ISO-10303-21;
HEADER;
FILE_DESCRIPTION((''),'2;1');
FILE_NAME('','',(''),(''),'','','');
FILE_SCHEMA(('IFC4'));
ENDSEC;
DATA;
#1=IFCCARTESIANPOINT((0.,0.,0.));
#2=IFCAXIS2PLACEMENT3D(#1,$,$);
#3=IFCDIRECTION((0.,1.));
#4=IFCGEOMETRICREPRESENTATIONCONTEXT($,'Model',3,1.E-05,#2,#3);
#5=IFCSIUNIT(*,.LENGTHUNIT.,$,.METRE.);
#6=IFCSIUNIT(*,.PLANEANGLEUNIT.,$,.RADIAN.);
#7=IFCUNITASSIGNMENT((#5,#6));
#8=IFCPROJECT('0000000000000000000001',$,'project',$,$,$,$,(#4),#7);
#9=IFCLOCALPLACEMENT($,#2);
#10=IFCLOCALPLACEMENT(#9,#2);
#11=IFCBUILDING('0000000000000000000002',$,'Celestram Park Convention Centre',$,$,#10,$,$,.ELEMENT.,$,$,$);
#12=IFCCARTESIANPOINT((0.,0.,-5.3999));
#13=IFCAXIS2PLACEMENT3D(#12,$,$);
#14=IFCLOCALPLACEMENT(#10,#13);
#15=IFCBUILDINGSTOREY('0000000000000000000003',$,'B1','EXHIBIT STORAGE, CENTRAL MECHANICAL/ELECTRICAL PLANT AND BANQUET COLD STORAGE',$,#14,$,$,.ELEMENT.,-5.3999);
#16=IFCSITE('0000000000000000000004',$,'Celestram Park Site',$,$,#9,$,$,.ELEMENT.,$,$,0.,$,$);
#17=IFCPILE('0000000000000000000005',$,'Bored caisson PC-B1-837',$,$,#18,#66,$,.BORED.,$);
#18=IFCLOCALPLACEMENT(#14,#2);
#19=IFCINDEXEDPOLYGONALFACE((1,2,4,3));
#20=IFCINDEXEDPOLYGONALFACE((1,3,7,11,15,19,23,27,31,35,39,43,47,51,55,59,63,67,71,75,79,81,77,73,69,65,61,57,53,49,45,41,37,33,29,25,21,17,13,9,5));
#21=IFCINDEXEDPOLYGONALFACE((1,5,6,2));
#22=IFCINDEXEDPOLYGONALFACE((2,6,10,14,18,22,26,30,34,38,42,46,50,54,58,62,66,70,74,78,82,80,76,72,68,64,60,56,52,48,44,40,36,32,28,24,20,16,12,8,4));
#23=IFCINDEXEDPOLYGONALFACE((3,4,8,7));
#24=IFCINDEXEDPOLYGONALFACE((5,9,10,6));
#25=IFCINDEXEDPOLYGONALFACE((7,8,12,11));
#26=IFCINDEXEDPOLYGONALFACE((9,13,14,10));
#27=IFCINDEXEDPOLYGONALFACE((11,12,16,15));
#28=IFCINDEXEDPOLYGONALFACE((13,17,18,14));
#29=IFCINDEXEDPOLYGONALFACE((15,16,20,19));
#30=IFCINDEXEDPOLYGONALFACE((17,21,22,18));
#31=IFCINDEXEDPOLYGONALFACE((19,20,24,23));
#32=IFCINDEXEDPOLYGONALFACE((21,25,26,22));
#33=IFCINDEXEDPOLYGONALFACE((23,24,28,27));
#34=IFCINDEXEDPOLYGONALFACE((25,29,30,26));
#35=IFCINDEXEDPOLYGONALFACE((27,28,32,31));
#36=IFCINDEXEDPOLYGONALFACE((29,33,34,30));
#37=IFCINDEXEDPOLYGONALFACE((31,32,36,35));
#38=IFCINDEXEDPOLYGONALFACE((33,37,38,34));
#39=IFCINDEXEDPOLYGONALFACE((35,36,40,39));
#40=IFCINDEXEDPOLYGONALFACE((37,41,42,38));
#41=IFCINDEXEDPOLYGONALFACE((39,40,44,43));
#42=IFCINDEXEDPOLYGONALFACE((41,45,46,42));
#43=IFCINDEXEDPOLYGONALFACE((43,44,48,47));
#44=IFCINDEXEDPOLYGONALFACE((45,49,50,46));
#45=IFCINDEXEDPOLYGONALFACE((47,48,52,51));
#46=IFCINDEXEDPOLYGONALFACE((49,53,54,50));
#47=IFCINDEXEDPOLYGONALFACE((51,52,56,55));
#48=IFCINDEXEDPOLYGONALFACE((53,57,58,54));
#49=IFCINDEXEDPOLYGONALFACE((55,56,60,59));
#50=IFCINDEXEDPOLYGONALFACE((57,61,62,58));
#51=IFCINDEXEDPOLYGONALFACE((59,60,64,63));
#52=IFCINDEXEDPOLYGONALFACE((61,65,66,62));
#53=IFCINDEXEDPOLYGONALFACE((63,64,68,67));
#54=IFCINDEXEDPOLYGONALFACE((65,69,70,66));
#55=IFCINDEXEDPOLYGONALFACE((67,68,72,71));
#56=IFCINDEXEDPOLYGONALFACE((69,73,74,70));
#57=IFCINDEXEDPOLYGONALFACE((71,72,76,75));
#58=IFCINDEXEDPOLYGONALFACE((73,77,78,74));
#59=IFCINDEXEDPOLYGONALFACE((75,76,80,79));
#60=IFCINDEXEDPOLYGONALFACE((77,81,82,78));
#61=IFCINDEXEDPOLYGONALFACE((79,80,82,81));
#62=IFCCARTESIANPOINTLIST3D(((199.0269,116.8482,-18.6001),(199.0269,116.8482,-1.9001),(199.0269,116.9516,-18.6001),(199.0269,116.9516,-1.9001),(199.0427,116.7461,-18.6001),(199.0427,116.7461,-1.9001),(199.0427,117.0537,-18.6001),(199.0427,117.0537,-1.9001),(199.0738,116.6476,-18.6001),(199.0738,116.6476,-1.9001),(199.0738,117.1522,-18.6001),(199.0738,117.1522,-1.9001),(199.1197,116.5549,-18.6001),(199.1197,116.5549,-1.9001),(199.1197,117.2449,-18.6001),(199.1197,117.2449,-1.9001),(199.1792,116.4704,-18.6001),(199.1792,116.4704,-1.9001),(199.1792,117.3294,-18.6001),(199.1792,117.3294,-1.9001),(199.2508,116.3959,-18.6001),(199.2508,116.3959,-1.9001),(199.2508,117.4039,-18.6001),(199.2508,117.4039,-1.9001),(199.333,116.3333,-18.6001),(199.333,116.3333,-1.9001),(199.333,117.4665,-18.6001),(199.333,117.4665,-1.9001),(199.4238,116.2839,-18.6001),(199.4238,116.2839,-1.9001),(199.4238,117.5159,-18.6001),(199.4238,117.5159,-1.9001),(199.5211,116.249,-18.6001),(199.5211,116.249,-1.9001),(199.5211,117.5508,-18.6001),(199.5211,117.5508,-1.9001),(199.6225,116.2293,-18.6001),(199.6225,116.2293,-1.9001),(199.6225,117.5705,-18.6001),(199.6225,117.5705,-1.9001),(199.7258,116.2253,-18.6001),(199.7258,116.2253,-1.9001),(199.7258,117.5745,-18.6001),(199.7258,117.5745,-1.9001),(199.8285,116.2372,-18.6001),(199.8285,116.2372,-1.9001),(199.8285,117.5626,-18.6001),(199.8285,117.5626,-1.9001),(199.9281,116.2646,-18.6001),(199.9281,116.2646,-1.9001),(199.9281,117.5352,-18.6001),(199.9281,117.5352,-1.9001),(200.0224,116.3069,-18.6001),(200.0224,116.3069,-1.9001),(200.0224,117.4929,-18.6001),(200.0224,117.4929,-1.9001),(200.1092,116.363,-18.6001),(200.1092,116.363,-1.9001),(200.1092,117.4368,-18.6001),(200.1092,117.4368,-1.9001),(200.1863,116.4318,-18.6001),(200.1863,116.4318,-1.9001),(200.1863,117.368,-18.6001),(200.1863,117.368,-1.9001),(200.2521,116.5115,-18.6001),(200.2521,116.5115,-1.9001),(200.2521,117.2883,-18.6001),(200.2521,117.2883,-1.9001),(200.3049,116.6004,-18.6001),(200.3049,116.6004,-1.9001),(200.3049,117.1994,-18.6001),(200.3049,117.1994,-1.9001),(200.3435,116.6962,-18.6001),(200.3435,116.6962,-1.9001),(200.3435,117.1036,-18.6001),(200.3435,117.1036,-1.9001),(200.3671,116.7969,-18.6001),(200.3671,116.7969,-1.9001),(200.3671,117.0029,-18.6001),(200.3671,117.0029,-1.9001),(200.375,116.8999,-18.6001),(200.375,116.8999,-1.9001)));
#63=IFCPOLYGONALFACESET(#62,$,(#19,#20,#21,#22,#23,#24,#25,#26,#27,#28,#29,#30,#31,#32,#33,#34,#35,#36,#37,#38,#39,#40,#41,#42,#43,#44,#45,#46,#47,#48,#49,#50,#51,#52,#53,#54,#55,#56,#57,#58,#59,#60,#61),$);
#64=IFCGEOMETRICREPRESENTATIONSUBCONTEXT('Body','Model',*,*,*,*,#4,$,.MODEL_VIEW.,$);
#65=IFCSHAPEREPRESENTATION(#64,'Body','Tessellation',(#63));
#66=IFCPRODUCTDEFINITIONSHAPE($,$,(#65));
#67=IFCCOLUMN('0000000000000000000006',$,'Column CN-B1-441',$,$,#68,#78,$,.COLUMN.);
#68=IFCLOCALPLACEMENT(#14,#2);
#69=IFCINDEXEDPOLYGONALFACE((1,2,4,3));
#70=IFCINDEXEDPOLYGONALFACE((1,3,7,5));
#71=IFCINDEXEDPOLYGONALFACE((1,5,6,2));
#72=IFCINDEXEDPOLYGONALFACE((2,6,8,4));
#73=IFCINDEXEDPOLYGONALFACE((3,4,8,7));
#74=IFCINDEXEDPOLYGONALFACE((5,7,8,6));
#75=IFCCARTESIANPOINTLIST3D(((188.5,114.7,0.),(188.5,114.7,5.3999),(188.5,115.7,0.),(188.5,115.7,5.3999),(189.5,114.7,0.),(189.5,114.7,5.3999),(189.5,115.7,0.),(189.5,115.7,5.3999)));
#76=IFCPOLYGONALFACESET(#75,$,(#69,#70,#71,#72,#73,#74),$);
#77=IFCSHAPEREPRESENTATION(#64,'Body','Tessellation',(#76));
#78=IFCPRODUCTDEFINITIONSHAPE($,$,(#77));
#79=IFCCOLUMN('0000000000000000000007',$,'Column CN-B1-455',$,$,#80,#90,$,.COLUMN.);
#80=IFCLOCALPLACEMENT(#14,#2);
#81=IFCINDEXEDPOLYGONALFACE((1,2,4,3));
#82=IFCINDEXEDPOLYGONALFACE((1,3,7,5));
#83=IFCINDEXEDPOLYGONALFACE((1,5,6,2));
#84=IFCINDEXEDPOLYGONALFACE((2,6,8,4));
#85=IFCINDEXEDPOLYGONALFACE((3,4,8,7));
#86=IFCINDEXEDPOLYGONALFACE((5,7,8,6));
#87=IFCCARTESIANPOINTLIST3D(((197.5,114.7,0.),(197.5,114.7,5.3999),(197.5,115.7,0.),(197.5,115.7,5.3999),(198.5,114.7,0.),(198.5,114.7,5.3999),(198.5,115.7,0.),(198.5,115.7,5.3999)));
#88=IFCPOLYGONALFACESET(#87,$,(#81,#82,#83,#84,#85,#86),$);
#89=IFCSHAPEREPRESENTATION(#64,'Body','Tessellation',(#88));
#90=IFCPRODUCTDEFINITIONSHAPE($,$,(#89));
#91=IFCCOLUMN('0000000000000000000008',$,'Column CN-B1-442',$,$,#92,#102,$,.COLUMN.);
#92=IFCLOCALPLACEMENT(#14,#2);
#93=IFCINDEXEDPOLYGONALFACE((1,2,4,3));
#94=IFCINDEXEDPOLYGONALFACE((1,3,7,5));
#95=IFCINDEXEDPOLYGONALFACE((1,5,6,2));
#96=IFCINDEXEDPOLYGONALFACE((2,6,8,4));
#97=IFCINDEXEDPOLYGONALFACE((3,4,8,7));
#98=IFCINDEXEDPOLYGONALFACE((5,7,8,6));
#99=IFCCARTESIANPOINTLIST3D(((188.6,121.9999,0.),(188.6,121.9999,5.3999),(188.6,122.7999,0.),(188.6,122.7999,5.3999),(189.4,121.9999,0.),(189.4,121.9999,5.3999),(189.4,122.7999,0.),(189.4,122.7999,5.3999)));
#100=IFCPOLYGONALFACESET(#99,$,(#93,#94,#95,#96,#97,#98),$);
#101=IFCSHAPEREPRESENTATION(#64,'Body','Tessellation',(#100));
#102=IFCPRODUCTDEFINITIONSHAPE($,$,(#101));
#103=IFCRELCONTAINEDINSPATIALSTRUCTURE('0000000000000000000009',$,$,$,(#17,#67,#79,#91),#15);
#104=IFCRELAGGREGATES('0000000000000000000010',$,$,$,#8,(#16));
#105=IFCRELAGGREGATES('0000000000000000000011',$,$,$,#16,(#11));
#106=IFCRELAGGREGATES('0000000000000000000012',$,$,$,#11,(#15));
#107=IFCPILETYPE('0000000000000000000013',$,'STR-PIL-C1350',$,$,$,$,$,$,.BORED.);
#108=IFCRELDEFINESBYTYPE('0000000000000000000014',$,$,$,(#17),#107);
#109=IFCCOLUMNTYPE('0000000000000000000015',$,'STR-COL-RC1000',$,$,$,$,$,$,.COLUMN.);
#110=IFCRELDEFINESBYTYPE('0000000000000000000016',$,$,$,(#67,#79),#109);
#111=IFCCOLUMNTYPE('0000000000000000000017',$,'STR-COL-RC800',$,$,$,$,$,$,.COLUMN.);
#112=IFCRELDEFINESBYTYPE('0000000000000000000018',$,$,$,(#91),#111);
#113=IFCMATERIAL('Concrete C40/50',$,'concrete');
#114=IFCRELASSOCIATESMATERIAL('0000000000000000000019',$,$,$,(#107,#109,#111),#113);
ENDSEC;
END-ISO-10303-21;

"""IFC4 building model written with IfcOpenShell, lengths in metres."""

from ifc_helpers import new_model, si_unit, direction, frame, origin, origin_2d, place, context, subcontext, project, spatial, rectangle, circle, extrude, material, material_profile, profile_set, type_object, element, save


model = new_model("IFC4")

# Units and contexts
model_context = context("Model", 3, precision=1e-05, world=origin(), true_north=direction((0.0, 1.0)))
body_context = subcontext(model_context, "Body", "Model", "MODEL_VIEW")
ifc_project = project(units=[si_unit("LENGTHUNIT", "METRE"), si_unit("PLANEANGLEUNIT", "RADIAN")], contexts=[model_context])

# Site, building, storey
site_placement = place(None, origin())
site = spatial("IfcSite", under=ifc_project, at=site_placement, Name="Celestram Park Site", CompositionType="ELEMENT", RefElevation=0.0)
building_placement = place(site_placement, origin())
building = spatial("IfcBuilding", under=site, at=building_placement, Name="Celestram Park Convention Centre", CompositionType="ELEMENT")
storey_placement = place(building_placement, frame((0.0, 0.0, -5.3999)))
storey = spatial("IfcBuildingStorey", under=building, at=storey_placement, Name="B1", Description="EXHIBIT STORAGE, CENTRAL MECHANICAL/ELECTRICAL PLANT AND BANQUET COLD STORAGE", CompositionType="ELEMENT", Elevation=-5.3999)

# Shared definitions
ifc_material_1 = material(Name="Concrete C40/50", Category="concrete")

# Pile
ifc_material_profile_1 = material_profile(ifc_material_1, circle(Radius=0.675, at=origin_2d()), Name="CAISSON1350")
ifc_profile_set_1 = profile_set([ifc_material_profile_1], Name="Concrete C40/50")
pile_type_1 = type_object("IfcPileType", Name="STR-PIL-C1350", PredefinedType="BORED", material=ifc_profile_set_1)
for number, where, z_axis, x_axis, name in (
    (1, (199.7, 116.8999, -1.9001), (0.0, 0.0, -1.0), (1.0, 0.0, 0.0), "Bored caisson PC-B1-837"),
):
    element("IfcPile", number, at=place(storey_placement, frame(where, z_axis=z_axis, x_axis=x_axis)), inside=storey, type_object=pile_type_1, Name=name, PredefinedType="BORED", context=body_context, shape_type="SweptSolid", body=[
        extrude(circle(Radius=0.675, at=origin_2d()), origin(), (0.0, 0.0, 1.0), 16.7),
    ])

# Columns
ifc_material_profile_2 = material_profile(ifc_material_1, rectangle(XDim=1.0, YDim=1.0, at=origin_2d()), Name="RC1000X1000")
ifc_profile_set_2 = profile_set([ifc_material_profile_2], Name="Concrete C40/50")
column_type_1 = type_object("IfcColumnType", Name="STR-COL-RC1000", PredefinedType="COLUMN", material=ifc_profile_set_2)
for number, where, z_axis, x_axis, name in (
    (2, (189.0, 115.2, 0.0), (0.0, 0.0, 1.0), (1.0, 0.0, 0.0), "Column CN-B1-441"),
    (3, (198.0, 115.2, 0.0), (0.0, 0.0, 1.0), (1.0, 0.0, 0.0), "Column CN-B1-455"),
):
    element("IfcColumn", number, at=place(storey_placement, frame(where, z_axis=z_axis, x_axis=x_axis)), inside=storey, type_object=column_type_1, Name=name, PredefinedType="COLUMN", context=body_context, shape_type="SweptSolid", body=[
        extrude(rectangle(XDim=1.0, YDim=1.0, at=origin_2d()), origin(), (0.0, 0.0, 1.0), 5.3999),
    ])
ifc_material_profile_3 = material_profile(ifc_material_1, rectangle(XDim=0.8, YDim=0.8, at=origin_2d()), Name="RC800X800")
ifc_profile_set_3 = profile_set([ifc_material_profile_3], Name="Concrete C40/50")
column_type_2 = type_object("IfcColumnType", Name="STR-COL-RC800", PredefinedType="COLUMN", material=ifc_profile_set_3)
column_placement = place(storey_placement, frame((189.0, 122.3999, 0.0), z_axis=(0.0, 0.0, 1.0), x_axis=(1.0, 0.0, 0.0)))
element("IfcColumn", 4, at=column_placement, inside=storey, type_object=column_type_2, Name="Column CN-B1-442", PredefinedType="COLUMN", context=body_context, shape_type="SweptSolid", body=[
    extrude(rectangle(XDim=0.8, YDim=0.8, at=origin_2d()), origin(), (0.0, 0.0, 1.0), 5.3999),
])

save(model, "model.ifc")
